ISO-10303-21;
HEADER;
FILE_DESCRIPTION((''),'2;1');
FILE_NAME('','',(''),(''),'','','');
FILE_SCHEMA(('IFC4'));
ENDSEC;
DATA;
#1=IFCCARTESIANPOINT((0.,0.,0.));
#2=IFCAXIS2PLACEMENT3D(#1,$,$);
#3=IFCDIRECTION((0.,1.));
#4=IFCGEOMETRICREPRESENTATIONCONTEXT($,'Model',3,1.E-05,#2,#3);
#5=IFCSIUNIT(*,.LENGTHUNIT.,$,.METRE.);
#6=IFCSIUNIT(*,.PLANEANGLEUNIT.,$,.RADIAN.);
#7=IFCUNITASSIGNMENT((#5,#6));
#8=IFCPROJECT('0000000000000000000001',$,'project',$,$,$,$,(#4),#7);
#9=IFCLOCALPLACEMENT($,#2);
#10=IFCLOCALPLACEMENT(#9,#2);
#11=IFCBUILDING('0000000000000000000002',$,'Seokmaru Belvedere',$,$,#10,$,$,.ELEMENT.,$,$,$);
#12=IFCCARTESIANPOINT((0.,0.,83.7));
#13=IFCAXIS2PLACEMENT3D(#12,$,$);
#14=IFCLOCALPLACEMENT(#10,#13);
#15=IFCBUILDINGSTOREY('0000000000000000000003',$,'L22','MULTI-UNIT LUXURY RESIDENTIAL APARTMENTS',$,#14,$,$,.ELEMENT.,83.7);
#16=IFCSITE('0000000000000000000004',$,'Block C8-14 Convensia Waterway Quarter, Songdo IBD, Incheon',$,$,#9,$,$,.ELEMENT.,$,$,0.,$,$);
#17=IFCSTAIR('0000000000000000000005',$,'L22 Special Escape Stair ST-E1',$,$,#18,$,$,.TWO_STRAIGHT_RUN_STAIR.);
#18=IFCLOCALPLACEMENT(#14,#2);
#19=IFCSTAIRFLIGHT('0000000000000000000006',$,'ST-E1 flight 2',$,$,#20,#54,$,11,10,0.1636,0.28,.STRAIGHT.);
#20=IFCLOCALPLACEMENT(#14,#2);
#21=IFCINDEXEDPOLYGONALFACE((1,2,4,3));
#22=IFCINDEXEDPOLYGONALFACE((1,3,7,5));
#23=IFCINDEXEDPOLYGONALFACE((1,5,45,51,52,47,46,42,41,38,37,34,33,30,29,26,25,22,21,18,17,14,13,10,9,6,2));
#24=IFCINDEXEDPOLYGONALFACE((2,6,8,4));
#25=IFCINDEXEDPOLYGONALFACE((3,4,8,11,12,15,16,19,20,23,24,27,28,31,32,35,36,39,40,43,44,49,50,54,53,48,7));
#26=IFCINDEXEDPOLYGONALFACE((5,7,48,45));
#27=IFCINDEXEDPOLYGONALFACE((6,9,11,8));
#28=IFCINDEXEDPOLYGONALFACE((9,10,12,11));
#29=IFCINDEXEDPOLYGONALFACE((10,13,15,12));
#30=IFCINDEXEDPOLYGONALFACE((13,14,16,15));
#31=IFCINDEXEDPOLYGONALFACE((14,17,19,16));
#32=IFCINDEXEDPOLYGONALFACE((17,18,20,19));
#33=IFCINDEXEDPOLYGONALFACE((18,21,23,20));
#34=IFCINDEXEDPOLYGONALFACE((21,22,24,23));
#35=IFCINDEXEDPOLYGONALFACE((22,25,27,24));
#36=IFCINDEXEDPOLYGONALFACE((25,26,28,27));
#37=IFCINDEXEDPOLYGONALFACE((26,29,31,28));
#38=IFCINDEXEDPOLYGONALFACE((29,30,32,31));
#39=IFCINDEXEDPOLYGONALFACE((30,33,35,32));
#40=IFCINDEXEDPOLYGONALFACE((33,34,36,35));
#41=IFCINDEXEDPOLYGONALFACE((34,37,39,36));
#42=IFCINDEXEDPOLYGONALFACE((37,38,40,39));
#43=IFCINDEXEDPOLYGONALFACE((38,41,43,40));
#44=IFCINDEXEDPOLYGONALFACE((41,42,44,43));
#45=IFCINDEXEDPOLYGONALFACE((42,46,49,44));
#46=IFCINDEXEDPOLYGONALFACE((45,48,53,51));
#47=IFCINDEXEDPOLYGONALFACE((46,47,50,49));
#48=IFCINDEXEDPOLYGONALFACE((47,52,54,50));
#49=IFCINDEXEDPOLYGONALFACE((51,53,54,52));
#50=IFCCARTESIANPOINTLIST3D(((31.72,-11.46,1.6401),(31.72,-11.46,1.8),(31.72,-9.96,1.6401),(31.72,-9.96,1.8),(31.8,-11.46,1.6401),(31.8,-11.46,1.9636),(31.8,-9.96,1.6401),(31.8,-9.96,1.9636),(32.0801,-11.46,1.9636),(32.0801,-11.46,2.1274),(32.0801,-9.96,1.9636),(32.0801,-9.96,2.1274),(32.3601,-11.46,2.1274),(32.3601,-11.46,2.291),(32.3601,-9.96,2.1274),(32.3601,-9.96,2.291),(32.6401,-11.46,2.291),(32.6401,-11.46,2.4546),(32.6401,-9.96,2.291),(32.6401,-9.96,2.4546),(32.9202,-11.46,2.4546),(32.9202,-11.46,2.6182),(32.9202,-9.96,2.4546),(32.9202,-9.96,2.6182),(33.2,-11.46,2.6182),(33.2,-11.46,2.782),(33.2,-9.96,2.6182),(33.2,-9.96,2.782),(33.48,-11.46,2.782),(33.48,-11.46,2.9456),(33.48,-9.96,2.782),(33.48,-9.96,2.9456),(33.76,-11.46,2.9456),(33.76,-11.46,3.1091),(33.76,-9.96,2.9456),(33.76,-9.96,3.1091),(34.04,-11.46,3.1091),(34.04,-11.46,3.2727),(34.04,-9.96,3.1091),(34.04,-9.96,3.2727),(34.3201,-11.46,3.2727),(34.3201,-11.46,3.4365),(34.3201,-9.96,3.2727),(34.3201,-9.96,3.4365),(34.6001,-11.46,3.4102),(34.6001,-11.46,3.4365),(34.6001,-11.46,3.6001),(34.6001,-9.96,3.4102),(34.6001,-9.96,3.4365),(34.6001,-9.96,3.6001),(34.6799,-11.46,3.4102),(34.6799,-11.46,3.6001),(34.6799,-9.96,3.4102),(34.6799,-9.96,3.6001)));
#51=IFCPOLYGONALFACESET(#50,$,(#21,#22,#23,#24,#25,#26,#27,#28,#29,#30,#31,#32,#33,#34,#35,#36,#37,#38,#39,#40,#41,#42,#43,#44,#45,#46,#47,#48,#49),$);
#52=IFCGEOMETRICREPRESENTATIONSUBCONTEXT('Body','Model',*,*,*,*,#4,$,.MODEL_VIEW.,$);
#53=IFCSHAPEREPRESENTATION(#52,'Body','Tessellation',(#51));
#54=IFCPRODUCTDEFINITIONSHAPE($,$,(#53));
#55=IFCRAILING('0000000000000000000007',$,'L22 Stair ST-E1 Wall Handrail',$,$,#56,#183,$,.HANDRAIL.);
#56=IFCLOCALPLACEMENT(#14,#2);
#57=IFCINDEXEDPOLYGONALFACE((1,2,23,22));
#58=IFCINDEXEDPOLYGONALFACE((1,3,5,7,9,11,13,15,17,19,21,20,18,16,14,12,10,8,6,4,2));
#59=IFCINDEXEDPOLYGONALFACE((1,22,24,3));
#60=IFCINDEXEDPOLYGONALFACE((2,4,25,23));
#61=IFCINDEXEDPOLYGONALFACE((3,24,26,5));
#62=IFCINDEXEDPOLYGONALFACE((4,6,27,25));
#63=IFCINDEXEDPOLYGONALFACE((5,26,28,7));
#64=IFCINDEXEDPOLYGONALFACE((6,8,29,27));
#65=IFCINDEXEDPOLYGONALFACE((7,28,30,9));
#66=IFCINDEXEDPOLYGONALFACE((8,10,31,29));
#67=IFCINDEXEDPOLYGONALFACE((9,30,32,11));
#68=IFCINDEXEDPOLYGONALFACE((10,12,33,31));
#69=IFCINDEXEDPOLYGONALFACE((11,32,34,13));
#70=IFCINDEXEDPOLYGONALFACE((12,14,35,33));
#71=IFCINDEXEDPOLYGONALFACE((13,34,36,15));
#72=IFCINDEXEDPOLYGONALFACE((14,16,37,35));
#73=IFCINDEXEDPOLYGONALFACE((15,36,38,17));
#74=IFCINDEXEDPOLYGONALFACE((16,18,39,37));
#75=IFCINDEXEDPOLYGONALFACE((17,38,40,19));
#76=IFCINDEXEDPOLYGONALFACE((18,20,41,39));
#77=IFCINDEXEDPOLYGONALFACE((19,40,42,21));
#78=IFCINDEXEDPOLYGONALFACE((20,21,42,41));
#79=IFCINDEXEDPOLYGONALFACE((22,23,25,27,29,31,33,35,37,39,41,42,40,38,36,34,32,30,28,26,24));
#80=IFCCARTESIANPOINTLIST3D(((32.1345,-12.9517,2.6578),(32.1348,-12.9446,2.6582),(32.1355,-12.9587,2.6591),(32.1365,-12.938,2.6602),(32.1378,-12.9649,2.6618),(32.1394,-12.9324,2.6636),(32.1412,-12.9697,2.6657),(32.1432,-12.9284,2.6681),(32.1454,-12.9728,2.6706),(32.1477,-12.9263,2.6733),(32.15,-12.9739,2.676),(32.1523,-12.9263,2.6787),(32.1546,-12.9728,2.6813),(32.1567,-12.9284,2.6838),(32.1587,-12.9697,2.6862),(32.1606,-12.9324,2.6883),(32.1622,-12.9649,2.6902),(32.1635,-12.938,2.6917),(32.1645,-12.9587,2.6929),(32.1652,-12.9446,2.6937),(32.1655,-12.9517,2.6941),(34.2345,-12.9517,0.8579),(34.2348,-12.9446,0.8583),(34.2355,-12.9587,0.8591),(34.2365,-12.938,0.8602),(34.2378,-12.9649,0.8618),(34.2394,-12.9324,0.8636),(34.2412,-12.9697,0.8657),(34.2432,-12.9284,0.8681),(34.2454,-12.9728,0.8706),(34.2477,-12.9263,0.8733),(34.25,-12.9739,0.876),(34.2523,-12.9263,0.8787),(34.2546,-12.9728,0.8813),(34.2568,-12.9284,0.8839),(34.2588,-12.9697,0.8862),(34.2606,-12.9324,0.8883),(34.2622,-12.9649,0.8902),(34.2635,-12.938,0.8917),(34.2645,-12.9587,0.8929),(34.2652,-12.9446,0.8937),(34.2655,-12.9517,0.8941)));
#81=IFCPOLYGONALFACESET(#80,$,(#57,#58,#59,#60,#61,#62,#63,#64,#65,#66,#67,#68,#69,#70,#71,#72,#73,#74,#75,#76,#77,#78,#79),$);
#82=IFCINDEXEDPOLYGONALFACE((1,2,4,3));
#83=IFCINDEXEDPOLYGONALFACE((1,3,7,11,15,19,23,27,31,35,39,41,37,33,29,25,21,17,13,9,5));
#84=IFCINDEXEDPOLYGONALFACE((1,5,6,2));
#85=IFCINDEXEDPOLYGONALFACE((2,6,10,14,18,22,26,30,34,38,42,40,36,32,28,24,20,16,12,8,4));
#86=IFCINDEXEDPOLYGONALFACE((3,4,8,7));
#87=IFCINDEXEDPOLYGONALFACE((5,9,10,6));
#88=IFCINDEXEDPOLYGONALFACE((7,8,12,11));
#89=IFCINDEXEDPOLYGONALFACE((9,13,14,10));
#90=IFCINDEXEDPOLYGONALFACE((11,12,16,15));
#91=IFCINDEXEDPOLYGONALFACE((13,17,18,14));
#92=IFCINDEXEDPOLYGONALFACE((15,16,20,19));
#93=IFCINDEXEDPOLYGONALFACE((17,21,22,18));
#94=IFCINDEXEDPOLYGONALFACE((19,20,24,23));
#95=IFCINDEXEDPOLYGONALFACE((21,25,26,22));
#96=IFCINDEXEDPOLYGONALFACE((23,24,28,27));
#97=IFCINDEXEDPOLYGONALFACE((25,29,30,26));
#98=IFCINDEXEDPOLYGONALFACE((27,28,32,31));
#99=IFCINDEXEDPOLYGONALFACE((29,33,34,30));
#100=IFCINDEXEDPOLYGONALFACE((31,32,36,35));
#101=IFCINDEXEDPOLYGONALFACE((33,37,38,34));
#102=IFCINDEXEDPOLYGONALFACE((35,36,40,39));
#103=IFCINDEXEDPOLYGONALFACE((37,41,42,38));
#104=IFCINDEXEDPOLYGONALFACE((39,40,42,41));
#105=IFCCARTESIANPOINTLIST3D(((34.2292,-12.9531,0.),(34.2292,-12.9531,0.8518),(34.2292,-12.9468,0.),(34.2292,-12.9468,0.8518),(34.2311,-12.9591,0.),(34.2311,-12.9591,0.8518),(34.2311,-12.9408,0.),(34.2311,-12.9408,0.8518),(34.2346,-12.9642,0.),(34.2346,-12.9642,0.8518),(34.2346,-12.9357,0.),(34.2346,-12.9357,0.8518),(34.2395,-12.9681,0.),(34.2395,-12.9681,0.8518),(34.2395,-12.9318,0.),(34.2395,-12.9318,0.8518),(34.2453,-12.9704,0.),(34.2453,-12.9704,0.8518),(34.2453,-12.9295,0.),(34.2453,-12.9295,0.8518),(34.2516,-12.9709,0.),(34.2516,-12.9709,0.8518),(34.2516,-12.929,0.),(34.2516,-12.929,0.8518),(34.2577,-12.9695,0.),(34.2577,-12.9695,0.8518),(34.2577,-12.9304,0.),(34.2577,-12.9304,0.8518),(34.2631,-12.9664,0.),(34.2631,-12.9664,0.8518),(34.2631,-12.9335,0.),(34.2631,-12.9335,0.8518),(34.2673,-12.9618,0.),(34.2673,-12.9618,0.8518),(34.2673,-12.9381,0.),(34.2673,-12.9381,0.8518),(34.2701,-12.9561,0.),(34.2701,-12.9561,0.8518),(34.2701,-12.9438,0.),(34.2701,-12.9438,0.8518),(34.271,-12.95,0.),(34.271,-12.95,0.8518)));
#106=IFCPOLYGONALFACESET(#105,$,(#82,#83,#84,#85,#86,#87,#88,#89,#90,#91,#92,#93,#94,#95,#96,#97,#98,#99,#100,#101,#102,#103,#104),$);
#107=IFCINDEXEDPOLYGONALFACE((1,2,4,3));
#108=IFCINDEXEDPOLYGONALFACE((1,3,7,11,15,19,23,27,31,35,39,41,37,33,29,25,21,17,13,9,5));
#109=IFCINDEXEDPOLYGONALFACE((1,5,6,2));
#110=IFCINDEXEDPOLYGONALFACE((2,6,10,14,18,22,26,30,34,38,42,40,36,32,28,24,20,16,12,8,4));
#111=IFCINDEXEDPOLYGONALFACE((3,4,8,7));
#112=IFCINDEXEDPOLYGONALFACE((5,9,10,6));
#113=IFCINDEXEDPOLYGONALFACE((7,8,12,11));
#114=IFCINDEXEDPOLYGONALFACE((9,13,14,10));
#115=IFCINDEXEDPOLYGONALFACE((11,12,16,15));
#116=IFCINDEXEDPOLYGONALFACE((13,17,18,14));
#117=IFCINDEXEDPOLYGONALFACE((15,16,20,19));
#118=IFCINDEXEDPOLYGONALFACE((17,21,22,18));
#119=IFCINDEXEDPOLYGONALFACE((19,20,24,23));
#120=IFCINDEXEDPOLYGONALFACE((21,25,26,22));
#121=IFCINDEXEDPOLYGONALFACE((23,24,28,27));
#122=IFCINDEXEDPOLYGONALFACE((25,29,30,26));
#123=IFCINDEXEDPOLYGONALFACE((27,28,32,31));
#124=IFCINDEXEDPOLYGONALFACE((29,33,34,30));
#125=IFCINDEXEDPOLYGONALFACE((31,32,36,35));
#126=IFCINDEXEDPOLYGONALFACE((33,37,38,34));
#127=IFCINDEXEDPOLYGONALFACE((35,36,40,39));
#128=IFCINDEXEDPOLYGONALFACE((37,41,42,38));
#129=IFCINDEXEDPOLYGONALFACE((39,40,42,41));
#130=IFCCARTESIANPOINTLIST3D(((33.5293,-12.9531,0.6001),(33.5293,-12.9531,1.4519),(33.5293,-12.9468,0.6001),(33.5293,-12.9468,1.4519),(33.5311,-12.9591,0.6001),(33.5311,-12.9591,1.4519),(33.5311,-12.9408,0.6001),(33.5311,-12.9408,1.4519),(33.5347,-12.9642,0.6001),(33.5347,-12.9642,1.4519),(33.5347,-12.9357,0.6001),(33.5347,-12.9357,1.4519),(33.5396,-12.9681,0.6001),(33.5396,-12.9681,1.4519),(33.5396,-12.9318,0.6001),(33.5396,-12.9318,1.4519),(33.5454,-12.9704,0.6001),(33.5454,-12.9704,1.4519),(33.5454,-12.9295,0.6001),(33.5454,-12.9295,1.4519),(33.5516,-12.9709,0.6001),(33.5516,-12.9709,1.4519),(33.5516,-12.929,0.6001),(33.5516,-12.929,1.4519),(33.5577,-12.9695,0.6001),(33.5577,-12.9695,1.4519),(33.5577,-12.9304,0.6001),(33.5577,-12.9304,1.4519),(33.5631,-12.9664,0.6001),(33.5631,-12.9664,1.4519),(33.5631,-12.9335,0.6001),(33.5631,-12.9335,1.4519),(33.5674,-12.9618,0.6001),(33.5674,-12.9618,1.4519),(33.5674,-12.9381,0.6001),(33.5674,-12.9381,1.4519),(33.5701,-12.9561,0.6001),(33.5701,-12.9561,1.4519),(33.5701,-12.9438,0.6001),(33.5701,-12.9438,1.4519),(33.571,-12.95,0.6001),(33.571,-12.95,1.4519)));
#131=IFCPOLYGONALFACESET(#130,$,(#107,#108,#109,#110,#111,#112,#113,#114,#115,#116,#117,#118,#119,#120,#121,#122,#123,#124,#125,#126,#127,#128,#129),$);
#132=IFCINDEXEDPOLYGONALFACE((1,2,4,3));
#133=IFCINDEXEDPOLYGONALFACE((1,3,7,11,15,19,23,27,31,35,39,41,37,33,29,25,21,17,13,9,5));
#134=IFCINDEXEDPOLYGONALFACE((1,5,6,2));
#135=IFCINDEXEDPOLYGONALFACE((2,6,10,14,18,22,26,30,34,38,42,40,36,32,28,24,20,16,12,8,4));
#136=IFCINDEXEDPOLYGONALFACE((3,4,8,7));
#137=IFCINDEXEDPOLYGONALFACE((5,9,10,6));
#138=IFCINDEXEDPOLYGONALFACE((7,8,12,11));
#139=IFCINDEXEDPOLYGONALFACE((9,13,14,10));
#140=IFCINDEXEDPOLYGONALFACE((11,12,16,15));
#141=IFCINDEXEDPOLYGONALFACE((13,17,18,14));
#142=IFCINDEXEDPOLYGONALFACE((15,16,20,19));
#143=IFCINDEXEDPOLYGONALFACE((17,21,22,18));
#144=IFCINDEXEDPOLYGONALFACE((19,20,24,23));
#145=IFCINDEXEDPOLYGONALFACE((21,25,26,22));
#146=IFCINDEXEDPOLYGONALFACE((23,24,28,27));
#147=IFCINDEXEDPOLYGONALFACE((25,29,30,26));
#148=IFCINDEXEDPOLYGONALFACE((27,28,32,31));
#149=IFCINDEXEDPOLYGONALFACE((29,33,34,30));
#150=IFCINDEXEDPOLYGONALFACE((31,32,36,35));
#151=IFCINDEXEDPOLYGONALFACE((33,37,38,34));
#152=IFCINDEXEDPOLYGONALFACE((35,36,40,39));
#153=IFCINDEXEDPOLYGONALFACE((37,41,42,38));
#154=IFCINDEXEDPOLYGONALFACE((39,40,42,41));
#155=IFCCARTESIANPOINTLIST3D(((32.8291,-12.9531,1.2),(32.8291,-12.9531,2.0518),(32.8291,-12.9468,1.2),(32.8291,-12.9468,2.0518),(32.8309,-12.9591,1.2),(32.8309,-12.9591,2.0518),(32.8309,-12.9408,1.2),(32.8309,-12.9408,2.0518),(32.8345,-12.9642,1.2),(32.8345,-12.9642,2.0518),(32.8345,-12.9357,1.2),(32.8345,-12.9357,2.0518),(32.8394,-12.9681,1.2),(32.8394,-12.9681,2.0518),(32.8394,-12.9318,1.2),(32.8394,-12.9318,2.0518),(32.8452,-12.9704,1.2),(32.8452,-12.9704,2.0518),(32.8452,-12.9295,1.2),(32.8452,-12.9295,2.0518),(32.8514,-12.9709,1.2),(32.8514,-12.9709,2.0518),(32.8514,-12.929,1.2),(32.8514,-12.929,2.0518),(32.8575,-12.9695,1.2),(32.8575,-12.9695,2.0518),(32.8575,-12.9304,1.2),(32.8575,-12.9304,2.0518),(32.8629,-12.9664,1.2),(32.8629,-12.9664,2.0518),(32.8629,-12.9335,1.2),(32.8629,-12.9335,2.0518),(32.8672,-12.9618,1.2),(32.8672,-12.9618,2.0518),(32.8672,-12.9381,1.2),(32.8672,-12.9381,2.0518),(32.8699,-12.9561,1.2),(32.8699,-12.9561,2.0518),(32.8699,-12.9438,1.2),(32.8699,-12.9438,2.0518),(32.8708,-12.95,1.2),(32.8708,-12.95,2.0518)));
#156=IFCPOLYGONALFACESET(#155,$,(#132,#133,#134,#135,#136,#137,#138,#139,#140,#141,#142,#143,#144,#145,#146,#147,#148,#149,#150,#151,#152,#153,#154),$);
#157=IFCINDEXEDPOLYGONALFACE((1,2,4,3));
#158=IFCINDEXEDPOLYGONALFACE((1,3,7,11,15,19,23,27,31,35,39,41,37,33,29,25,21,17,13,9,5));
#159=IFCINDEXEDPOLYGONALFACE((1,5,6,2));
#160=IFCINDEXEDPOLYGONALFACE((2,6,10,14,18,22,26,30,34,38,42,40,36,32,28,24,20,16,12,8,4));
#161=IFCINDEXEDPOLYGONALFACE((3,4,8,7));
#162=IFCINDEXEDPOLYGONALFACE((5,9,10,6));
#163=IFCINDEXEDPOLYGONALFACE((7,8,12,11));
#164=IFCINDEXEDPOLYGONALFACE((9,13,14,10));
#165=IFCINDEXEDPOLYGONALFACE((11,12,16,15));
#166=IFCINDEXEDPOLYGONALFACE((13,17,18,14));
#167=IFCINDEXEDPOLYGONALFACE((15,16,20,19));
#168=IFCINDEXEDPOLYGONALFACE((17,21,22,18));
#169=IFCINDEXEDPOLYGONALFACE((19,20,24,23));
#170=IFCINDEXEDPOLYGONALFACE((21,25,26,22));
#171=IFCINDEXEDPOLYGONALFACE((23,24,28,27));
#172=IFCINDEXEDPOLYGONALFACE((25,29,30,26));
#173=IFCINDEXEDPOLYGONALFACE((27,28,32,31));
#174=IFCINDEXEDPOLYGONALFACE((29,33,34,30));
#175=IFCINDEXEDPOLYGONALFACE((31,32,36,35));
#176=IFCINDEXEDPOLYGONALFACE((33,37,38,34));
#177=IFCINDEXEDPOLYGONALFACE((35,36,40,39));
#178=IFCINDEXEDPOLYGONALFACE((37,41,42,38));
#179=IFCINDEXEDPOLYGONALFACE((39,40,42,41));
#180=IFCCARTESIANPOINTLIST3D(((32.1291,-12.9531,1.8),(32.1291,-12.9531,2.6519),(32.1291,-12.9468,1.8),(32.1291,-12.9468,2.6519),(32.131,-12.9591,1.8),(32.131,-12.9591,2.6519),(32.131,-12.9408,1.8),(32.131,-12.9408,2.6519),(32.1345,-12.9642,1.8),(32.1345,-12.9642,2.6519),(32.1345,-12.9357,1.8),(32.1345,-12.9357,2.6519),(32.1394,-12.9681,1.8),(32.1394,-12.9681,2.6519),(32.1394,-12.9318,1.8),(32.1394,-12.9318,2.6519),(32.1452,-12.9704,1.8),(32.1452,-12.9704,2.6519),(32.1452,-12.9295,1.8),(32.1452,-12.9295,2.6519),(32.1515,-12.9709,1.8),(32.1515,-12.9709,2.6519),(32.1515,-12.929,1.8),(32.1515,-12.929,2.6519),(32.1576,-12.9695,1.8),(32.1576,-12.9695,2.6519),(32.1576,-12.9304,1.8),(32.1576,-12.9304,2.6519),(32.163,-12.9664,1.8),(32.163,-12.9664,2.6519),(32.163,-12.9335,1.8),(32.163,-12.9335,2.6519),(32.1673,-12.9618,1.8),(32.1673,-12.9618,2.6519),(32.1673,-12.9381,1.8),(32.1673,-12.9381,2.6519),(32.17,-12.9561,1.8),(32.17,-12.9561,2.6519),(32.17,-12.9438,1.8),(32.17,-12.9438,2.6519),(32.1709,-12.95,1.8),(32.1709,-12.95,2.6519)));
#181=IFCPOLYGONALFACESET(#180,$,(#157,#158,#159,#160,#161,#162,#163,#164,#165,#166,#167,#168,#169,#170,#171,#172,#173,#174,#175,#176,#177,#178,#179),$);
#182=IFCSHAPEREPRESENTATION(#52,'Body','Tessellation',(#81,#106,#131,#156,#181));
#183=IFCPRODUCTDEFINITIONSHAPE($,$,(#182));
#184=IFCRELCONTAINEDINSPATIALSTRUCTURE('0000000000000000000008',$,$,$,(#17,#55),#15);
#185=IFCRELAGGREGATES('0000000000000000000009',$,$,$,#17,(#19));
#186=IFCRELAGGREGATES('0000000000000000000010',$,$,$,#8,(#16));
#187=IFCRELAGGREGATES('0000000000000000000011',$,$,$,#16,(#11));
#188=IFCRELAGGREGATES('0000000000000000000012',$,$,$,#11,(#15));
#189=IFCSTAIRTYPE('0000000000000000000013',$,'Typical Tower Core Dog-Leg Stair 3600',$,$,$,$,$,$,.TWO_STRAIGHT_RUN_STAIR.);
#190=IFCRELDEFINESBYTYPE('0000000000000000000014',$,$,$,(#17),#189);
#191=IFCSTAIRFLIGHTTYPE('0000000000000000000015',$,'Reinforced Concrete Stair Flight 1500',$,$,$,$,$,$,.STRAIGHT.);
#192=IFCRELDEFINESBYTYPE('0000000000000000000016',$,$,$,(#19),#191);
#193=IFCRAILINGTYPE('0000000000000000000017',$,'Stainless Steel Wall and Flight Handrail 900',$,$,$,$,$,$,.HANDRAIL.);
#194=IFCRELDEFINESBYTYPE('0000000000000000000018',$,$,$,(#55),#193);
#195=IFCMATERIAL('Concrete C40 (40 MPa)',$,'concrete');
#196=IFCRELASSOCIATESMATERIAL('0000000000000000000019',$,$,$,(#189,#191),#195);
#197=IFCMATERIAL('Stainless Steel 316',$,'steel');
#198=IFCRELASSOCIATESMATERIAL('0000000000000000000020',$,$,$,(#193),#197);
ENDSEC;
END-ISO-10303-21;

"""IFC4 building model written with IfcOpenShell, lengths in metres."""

from ifc_helpers import new_model, si_unit, direction, frame, origin, origin_2d, place, context, subcontext, project, spatial, polyline, circle, outline, extrude, material, type_object, element, aggregate, save


model = new_model("IFC4")

# Units and contexts
model_context = context("Model", 3, precision=1e-05, world=origin(), true_north=direction((0.0, 1.0)))
body_context = subcontext(model_context, "Body", "Model", "MODEL_VIEW")
ifc_project = project(units=[si_unit("LENGTHUNIT", "METRE"), si_unit("PLANEANGLEUNIT", "RADIAN")], contexts=[model_context])

# Site, building, storey
site_placement = place(None, origin())
site = spatial("IfcSite", under=ifc_project, at=site_placement, Name="Block C8-14 Convensia Waterway Quarter, Songdo IBD, Incheon", CompositionType="ELEMENT", RefElevation=0.0)
building_placement = place(site_placement, origin())
building = spatial("IfcBuilding", under=site, at=building_placement, Name="Seokmaru Belvedere", CompositionType="ELEMENT")
storey_placement = place(building_placement, frame((0.0, 0.0, 83.7)))
storey = spatial("IfcBuildingStorey", under=building, at=storey_placement, Name="L22", Description="MULTI-UNIT LUXURY RESIDENTIAL APARTMENTS", CompositionType="ELEMENT", Elevation=83.7)

# Shared definitions
ifc_material_1 = material(Name="Stainless Steel 316", Category="steel")

# Stair, stair flight
ifc_material_2 = material(Name="Concrete C40 (40 MPa)", Category="concrete")
stair_type = type_object("IfcStairType", Name="Typical Tower Core Dog-Leg Stair 3600", PredefinedType="TWO_STRAIGHT_RUN_STAIR", material=ifc_material_2)
stair_placement = place(storey_placement, origin())
stair = element("IfcStair", 1, at=stair_placement, inside=storey, type_object=stair_type, Name="L22 Special Escape Stair ST-E1", PredefinedType="TWO_STRAIGHT_RUN_STAIR")
stair_flight_type = type_object("IfcStairFlightType", Name="Reinforced Concrete Stair Flight 1500", PredefinedType="STRAIGHT", material=ifc_material_2)
stair_flight_1_placement = place(storey_placement, frame((31.8, -10.71, 1.8), z_axis=(0.0, 0.0, 1.0), x_axis=(1.0, 0.0, 0.0)))
stair_flight_1 = element("IfcStairFlight", 2, at=stair_flight_1_placement, type_object=stair_flight_type, Name="ST-E1 flight 2", NumberOfRisers=11, NumberOfTreads=10, PredefinedType="STRAIGHT", RiserHeight=0.1636, TreadLength=0.28, context=body_context, shape_type="SweptSolid", body=[
    extrude(outline(polyline([(-0.0801, 0.0), (0.0, 0.1636), (0.28, 0.1636), (0.28, 0.3274), (0.5601, 0.3274), (0.5601, 0.491), (0.8401, 0.491), (0.8401, 0.6545), (1.1201, 0.6545), (1.1201, 0.8181), (1.3999, 0.8181), (1.3999, 0.9819), (1.6799, 0.9819), (1.6799, 1.1455), (1.96, 1.1455), (1.96, 1.3091), (2.24, 1.3091), (2.24, 1.4727), (2.52, 1.4727), (2.52, 1.6365), (2.8, 1.6365), (2.8, 1.8), (2.8799, 1.8), (2.8799, 1.6101), (2.8, 1.6101), (0.0, -0.1599), (-0.0801, -0.1599), (-0.0801, 0.0)])), frame((0.0, 0.75, 0.0), z_axis=(0.0, -1.0, 0.0), x_axis=(1.0, 0.0, 0.0)), (0.0, 0.0, 1.0), 1.5),
])
aggregate(stair, [stair_flight_1])

# Railing
railing_type_1 = type_object("IfcRailingType", Name="Stainless Steel Wall and Flight Handrail 900", PredefinedType="HANDRAIL", material=ifc_material_1)
railing_1_placement = place(storey_placement, frame((34.25, -12.95, 0.0)))
element("IfcRailing", 3, at=railing_1_placement, inside=storey, type_object=railing_type_1, Name="L22 Stair ST-E1 Wall Handrail", PredefinedType="HANDRAIL", context=body_context, shape_type="SweptSolid", body=[
    extrude(circle(Radius=0.0239, at=origin_2d()), frame((0.0, 0.0, 0.876), z_axis=(-0.759263, 0.0, 0.650784), x_axis=(0.0, -1.0, 0.0)), (0.0, 0.0, 1.0), 2.7659),
    extrude(circle(Radius=0.021, at=origin_2d()), origin(), (0.0, 0.0, 1.0), 0.8518),
    extrude(circle(Radius=0.021, at=origin_2d()), frame((-0.7, 0.0, 0.6001)), (0.0, 0.0, 1.0), 0.8518),
    extrude(circle(Radius=0.021, at=origin_2d()), frame((-1.4001, 0.0, 1.2)), (0.0, 0.0, 1.0), 0.8518),
    extrude(circle(Radius=0.021, at=origin_2d()), frame((-2.1001, 0.0, 1.8)), (0.0, 0.0, 1.0), 0.8518),
])

save(model, "model.ifc")
